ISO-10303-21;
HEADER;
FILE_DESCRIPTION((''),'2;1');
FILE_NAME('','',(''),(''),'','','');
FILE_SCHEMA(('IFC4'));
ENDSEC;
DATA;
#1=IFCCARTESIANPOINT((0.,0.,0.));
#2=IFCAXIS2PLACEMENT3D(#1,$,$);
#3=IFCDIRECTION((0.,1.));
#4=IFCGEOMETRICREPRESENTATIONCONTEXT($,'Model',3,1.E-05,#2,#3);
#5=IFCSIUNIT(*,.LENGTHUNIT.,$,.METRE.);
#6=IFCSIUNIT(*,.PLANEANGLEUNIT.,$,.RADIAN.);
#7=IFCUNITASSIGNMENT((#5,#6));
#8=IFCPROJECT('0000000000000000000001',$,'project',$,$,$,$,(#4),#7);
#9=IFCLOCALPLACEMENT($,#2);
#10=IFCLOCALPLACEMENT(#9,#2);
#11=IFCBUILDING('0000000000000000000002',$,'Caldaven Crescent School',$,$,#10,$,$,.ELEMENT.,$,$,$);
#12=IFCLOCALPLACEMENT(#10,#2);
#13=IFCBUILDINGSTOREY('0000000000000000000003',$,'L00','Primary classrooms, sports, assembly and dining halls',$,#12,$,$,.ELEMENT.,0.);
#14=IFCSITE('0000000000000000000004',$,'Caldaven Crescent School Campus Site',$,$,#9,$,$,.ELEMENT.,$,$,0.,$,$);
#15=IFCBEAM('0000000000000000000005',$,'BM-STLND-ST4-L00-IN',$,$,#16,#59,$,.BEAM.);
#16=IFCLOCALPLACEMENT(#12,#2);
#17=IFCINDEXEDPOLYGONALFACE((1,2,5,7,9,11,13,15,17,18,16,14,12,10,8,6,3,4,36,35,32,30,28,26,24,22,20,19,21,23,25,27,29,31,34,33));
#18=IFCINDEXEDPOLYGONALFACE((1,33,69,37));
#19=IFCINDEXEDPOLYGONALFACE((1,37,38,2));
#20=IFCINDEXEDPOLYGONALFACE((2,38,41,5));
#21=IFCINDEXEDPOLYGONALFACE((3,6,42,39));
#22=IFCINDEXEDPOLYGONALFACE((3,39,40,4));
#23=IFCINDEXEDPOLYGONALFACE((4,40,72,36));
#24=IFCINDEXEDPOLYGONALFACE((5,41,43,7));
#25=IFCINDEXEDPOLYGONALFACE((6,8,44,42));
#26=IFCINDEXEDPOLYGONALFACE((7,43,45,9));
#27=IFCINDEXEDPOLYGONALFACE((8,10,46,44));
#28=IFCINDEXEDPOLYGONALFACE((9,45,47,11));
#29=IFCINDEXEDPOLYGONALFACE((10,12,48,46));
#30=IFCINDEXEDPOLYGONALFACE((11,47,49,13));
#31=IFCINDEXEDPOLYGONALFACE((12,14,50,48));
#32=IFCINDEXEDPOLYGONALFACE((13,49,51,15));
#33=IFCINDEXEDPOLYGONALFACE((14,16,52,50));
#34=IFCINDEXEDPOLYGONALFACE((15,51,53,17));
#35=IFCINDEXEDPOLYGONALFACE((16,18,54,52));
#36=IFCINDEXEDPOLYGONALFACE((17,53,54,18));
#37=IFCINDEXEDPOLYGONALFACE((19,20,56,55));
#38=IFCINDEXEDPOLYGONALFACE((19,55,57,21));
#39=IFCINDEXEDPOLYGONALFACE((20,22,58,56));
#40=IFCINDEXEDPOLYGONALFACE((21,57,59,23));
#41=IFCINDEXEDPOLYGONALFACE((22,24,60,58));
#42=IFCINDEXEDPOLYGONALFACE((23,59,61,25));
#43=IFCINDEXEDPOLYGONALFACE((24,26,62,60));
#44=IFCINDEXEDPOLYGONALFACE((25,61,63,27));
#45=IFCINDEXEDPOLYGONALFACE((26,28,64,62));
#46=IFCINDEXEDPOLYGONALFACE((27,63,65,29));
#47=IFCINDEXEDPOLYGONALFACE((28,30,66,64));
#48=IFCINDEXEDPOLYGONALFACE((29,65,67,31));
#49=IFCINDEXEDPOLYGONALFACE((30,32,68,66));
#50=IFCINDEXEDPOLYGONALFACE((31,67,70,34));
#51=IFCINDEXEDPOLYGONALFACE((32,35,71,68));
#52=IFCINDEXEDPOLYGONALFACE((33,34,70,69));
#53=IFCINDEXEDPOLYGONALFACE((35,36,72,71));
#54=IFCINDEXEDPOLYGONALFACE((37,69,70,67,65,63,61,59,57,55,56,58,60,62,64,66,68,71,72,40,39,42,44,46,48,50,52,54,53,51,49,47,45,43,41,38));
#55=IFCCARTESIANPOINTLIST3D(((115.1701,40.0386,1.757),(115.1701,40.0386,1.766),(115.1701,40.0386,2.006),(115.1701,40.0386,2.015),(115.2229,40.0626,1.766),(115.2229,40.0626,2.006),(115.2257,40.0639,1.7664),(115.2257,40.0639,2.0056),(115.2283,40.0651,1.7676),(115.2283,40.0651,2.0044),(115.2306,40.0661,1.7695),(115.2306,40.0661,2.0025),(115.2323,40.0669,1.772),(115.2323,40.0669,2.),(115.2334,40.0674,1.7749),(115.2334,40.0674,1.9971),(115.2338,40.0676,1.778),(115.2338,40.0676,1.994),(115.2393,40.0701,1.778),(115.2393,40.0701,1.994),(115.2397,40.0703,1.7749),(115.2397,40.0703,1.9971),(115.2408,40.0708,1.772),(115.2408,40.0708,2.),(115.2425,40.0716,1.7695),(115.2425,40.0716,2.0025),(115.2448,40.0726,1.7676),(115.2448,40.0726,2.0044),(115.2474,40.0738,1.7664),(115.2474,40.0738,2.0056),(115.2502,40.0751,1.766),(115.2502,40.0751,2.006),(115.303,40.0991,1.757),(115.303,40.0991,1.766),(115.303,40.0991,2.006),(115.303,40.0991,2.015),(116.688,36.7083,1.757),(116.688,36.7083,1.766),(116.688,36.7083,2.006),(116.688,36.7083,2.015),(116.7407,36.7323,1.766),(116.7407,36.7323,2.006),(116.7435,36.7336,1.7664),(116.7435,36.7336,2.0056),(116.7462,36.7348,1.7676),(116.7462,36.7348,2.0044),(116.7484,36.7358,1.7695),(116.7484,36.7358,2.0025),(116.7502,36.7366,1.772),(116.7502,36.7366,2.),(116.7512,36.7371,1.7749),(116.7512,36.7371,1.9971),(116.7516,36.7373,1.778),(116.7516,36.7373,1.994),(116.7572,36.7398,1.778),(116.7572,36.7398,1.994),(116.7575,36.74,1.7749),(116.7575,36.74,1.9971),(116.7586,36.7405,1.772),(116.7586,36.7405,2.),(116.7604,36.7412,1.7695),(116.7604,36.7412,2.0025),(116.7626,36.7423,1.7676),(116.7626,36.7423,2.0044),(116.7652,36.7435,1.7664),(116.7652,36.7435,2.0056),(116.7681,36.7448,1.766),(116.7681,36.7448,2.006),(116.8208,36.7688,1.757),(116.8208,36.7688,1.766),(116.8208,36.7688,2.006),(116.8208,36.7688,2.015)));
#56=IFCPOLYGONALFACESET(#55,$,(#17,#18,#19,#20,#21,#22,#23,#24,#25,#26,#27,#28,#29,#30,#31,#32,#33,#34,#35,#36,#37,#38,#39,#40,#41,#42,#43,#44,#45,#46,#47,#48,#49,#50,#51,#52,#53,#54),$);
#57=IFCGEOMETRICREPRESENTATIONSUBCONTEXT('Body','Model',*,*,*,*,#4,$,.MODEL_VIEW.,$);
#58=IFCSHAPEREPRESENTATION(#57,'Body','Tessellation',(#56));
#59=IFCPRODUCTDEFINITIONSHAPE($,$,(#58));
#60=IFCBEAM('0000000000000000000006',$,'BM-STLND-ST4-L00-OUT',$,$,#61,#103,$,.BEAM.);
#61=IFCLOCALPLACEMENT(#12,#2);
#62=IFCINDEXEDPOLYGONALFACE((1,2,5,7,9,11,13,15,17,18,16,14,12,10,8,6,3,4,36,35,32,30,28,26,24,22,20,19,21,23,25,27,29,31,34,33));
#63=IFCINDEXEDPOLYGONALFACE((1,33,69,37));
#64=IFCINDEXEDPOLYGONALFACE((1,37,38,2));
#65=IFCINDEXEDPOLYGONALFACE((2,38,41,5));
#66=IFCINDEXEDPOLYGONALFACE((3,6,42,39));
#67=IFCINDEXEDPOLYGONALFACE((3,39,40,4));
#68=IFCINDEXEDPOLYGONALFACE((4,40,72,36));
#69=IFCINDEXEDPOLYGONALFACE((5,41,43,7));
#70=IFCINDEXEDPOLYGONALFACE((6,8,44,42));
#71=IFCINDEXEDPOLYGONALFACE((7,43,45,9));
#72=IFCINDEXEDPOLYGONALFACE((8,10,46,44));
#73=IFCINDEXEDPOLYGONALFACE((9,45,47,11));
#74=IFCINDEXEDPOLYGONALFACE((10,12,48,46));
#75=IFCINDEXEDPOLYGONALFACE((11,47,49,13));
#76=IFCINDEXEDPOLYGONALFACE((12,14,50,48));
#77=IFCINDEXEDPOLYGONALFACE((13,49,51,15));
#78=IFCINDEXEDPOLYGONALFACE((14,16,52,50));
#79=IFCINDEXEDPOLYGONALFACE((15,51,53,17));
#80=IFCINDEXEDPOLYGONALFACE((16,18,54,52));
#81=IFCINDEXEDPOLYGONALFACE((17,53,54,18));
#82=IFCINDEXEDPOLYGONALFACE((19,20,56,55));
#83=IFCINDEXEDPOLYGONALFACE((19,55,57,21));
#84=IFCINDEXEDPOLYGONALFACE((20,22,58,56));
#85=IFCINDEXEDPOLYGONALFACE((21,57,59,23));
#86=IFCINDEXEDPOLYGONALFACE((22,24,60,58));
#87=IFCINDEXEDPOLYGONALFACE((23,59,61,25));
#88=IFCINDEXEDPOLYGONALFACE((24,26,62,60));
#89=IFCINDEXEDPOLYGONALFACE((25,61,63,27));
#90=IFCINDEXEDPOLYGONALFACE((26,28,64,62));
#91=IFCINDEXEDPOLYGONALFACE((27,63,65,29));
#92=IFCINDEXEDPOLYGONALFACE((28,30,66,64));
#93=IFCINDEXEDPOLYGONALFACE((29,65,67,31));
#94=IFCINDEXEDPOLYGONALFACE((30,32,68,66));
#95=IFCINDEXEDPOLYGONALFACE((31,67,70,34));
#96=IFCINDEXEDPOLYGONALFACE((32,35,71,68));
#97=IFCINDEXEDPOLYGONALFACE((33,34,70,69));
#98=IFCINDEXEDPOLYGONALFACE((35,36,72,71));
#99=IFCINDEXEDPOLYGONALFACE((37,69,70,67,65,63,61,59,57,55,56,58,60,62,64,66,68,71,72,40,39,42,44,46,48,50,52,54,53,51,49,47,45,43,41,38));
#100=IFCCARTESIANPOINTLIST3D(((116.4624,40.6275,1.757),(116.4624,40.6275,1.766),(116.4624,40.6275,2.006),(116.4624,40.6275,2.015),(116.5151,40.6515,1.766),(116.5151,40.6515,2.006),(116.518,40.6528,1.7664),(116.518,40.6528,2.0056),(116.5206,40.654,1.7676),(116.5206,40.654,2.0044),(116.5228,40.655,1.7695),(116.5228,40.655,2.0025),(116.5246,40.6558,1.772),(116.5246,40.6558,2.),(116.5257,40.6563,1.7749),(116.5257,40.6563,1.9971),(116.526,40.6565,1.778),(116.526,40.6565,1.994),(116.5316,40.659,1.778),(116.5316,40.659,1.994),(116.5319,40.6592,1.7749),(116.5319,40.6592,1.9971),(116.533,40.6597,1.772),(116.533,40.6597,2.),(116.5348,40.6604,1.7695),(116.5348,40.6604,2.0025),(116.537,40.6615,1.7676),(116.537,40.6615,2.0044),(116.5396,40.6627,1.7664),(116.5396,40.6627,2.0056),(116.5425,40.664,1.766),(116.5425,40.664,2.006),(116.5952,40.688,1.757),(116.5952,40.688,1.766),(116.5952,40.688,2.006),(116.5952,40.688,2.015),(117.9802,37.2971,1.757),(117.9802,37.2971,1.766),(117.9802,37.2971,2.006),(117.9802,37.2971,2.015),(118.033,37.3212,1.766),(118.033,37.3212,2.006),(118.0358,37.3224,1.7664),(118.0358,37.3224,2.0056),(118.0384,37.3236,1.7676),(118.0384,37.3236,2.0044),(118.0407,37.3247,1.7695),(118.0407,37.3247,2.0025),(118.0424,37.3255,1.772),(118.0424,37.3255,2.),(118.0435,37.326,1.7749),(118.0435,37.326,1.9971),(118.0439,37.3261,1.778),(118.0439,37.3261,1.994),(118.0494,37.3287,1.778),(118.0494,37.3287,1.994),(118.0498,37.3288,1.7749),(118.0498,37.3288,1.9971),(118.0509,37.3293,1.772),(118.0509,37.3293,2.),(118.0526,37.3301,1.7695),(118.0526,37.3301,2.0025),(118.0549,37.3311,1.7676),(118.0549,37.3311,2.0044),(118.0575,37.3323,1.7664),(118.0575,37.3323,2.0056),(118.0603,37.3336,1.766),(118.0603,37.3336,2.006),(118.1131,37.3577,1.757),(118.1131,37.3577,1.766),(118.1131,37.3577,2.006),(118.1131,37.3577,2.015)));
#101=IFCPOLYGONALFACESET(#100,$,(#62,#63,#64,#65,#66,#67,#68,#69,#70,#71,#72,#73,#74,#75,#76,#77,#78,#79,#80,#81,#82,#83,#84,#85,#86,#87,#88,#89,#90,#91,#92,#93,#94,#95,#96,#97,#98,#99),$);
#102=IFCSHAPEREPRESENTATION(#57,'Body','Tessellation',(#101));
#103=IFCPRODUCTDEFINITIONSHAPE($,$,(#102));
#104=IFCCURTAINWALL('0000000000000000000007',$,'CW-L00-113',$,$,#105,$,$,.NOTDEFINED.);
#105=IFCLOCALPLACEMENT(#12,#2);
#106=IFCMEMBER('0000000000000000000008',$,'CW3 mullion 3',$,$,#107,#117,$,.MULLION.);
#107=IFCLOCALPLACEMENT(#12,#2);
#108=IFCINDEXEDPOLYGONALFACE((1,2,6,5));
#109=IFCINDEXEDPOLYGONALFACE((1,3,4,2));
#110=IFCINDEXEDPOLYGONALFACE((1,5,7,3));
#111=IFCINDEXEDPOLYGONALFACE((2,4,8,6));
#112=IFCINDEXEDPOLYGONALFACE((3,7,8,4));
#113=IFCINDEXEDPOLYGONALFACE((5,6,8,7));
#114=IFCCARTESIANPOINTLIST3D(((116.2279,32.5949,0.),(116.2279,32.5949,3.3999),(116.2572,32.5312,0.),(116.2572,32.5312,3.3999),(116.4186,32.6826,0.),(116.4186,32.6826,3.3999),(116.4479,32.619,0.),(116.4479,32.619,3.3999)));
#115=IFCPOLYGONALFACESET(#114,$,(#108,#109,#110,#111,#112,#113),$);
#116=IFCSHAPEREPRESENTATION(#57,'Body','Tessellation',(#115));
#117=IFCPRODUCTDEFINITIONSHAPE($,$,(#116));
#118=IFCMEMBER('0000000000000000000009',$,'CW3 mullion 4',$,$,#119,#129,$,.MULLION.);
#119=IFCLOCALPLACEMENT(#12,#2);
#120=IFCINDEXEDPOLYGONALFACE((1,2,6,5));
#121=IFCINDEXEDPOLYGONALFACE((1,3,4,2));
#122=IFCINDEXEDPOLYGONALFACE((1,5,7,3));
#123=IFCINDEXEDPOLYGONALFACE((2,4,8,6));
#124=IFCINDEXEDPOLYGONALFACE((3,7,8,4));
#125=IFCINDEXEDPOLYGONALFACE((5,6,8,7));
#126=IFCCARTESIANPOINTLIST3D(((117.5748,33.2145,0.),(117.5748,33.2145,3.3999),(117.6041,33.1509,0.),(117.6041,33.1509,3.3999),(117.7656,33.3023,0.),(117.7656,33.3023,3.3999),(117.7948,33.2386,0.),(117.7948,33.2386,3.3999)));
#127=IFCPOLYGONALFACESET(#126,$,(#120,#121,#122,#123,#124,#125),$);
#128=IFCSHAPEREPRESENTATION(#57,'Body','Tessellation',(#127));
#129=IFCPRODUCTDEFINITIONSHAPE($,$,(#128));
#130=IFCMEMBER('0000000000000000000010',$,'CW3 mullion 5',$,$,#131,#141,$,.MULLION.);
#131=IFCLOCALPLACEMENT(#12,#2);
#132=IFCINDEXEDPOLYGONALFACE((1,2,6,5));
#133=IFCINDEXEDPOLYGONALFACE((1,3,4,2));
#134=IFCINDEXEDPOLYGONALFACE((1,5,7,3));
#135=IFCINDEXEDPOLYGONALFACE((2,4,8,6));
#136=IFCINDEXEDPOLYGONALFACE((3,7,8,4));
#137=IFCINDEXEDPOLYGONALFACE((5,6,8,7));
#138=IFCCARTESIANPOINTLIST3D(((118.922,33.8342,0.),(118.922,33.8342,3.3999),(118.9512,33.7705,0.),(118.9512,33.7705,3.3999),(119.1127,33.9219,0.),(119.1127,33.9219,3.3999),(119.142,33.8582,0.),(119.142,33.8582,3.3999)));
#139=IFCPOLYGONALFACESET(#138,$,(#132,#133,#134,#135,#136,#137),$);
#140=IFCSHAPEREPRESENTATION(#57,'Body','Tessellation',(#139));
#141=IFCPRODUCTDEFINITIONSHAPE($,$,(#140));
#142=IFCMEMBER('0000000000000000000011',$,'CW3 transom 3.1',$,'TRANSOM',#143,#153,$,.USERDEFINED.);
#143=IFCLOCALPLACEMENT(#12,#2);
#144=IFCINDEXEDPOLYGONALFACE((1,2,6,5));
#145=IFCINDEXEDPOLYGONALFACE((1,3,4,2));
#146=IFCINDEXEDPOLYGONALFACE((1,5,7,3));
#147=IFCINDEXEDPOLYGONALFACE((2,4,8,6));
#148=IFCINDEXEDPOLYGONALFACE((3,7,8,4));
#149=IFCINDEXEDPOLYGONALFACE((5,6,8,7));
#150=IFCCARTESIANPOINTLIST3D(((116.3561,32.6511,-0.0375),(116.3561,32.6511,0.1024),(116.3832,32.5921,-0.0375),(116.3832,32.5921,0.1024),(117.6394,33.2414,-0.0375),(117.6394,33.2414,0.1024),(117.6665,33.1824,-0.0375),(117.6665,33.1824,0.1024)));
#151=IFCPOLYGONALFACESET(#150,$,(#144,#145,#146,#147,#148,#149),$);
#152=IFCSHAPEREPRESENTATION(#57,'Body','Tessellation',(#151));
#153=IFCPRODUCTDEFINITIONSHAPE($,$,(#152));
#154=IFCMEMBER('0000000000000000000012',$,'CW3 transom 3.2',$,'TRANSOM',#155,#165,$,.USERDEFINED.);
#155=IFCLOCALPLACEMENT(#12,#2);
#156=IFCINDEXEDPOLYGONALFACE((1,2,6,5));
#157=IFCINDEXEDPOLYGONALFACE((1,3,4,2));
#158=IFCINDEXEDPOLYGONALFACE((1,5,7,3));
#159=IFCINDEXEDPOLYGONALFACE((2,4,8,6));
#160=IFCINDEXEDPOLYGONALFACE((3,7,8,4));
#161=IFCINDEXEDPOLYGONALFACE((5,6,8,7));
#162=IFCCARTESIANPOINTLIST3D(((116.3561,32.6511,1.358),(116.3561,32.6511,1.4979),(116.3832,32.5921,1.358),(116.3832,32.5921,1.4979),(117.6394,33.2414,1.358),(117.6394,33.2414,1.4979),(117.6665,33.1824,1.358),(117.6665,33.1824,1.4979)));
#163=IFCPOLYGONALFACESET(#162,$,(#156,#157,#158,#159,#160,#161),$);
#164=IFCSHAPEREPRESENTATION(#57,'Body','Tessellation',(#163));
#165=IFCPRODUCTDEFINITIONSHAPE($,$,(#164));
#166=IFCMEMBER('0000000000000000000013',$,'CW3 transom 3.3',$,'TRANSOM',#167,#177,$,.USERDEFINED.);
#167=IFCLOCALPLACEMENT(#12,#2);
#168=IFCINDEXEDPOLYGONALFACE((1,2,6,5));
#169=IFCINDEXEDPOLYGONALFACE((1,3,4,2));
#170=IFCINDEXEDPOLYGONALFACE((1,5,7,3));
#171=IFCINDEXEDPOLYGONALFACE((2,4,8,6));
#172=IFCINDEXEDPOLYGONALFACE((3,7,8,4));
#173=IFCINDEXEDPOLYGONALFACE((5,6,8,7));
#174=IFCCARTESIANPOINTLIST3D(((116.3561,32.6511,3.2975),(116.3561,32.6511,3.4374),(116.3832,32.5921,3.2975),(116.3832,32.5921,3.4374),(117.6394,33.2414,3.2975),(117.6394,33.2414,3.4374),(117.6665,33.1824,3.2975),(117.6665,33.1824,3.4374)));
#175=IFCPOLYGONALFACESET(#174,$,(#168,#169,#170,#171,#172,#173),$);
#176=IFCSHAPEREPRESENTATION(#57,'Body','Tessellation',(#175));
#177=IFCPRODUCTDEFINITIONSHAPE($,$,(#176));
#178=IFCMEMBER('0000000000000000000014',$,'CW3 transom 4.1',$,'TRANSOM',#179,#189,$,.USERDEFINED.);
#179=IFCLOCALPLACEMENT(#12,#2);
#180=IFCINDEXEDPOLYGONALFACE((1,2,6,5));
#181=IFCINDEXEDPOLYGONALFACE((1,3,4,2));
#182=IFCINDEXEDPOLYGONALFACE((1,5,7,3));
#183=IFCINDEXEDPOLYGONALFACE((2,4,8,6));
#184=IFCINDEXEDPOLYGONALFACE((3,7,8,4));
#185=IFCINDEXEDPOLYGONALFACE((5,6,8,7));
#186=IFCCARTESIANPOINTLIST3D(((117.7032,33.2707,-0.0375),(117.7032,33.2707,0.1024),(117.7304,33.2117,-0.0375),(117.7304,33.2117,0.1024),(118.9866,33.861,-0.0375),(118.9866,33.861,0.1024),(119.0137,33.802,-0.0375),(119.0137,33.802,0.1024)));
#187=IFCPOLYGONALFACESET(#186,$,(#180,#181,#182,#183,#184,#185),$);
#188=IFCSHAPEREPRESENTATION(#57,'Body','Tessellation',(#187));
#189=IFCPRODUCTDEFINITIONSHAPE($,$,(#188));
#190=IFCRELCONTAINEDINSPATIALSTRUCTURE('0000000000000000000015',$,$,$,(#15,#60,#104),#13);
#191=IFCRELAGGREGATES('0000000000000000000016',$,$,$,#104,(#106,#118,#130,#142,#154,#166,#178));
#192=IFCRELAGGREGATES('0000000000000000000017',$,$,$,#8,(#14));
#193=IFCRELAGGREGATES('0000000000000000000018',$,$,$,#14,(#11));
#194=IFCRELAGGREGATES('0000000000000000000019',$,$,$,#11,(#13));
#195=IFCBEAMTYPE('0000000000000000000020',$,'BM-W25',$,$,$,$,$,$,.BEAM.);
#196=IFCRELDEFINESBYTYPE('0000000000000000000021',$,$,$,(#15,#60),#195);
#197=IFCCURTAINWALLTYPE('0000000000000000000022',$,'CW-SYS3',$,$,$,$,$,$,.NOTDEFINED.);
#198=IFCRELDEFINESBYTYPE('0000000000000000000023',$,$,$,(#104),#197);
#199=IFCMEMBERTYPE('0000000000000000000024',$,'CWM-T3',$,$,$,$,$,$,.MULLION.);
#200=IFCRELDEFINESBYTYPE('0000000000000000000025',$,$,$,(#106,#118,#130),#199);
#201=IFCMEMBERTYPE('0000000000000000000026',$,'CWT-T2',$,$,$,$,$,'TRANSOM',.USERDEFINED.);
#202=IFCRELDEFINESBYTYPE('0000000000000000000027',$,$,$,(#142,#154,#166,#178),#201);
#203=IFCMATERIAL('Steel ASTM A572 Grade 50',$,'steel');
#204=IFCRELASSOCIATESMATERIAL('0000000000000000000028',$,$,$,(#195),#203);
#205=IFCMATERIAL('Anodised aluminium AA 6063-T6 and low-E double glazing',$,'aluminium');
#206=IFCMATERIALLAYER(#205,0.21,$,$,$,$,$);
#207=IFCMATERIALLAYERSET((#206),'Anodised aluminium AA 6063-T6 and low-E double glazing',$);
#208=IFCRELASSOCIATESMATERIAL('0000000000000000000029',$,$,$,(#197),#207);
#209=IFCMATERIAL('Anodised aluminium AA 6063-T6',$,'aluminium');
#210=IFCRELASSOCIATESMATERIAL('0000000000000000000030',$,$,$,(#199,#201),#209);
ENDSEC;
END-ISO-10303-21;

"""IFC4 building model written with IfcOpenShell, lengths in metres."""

from ifc_helpers import new_model, si_unit, direction, frame, origin, origin_2d, place, context, subcontext, project, spatial, rectangle, i_section, extrude, material, layer, layer_set, material_profile, profile_set, type_object, element, aggregate, save


model = new_model("IFC4")

# Units and contexts
model_context = context("Model", 3, precision=1e-05, world=origin(), true_north=direction((0.0, 1.0)))
body_context = subcontext(model_context, "Body", "Model", "MODEL_VIEW")
ifc_project = project(units=[si_unit("LENGTHUNIT", "METRE"), si_unit("PLANEANGLEUNIT", "RADIAN")], contexts=[model_context])

# Site, building, storey
site_placement = place(None, origin())
site = spatial("IfcSite", under=ifc_project, at=site_placement, Name="Caldaven Crescent School Campus Site", CompositionType="ELEMENT", RefElevation=0.0)
building_placement = place(site_placement, origin())
building = spatial("IfcBuilding", under=site, at=building_placement, Name="Caldaven Crescent School", CompositionType="ELEMENT")
storey_placement = place(building_placement, origin())
storey = spatial("IfcBuildingStorey", under=building, at=storey_placement, Name="L00", Description="Primary classrooms, sports, assembly and dining halls", CompositionType="ELEMENT", Elevation=0.0)

# Shared definitions
ifc_material_1 = material(Name="Steel ASTM A572 Grade 50", Category="steel")

# Beams
ifc_material_profile_1 = material_profile(ifc_material_1, i_section(OverallWidth=0.146, OverallDepth=0.2581, WebThickness=0.0061, FlangeThickness=0.009, FilletRadius=0.012, at=origin_2d()), Name="W250x33")
ifc_profile_set_1 = profile_set([ifc_material_profile_1], Name="Steel ASTM A572 Grade 50")
beam_type_1 = type_object("IfcBeamType", Name="BM-W25", PredefinedType="BEAM", material=ifc_profile_set_1)
for number, where, z_axis, x_axis, name in (
    (1, (116.7544, 36.7385, 1.886), (-0.414717, 0.90995, 0.0), (-0.90995, -0.414717, 0.0), "BM-STLND-ST4-L00-IN"),
    (2, (118.0466, 37.3274, 1.886), (-0.414717, 0.90995, 0.0), (-0.90995, -0.414717, 0.0), "BM-STLND-ST4-L00-OUT"),
):
    element("IfcBeam", number, at=place(storey_placement, frame(where, z_axis=z_axis, x_axis=x_axis)), inside=storey, type_object=beam_type_1, Name=name, PredefinedType="BEAM", context=body_context, shape_type="SweptSolid", body=[
        extrude(i_section(OverallWidth=0.146, OverallDepth=0.2581, WebThickness=0.0061, FlangeThickness=0.009, FilletRadius=0.012, at=origin_2d()), origin(), (0.0, 0.0, 1.0), 3.6599),
    ])

# Curtain wall, members
ifc_material_2 = material(Name="Anodised aluminium AA 6063-T6 and low-E double glazing", Category="aluminium")
ifc_layer_1 = layer(ifc_material_2, 0.21)
ifc_layer_set_1 = layer_set([ifc_layer_1], Name="Anodised aluminium AA 6063-T6 and low-E double glazing")
curtain_wall_type = type_object("IfcCurtainWallType", Name="CW-SYS3", PredefinedType="NOTDEFINED", material=ifc_layer_set_1)
curtain_wall_placement = place(storey_placement, origin())
curtain_wall = element("IfcCurtainWall", 3, at=curtain_wall_placement, inside=storey, type_object=curtain_wall_type, Name="CW-L00-113", PredefinedType="NOTDEFINED")
ifc_material_3 = material(Name="Anodised aluminium AA 6063-T6", Category="aluminium")
ifc_material_profile_2 = material_profile(ifc_material_3, rectangle(XDim=0.0701, YDim=0.21, at=origin_2d()), Name="CWM 70x210")
ifc_profile_set_2 = profile_set([ifc_material_profile_2], Name="Anodised aluminium AA 6063-T6")
member_type_1 = type_object("IfcMemberType", Name="CWM-T3", PredefinedType="MULLION", material=ifc_profile_set_2)
member_1_placement = place(storey_placement, frame((116.3379, 32.6069, 0.0), z_axis=(0.0, 0.0, 1.0), x_axis=(-0.417823, 0.908528, 0.0)))
member_1 = element("IfcMember", 4, at=member_1_placement, type_object=member_type_1, Name="CW3 mullion 3", PredefinedType="MULLION", context=body_context, shape_type="SweptSolid", body=[
    extrude(rectangle(XDim=0.0701, YDim=0.21, at=origin_2d()), origin(), (0.0, 0.0, 1.0), 3.3999),
])
member_2_placement = place(storey_placement, frame((117.6848, 33.2266, 0.0), z_axis=(0.0, 0.0, 1.0), x_axis=(-0.417823, 0.908528, 0.0)))
member_2 = element("IfcMember", 5, at=member_2_placement, type_object=member_type_1, Name="CW3 mullion 4", PredefinedType="MULLION", context=body_context, shape_type="SweptSolid", body=[
    extrude(rectangle(XDim=0.0701, YDim=0.21, at=origin_2d()), origin(), (0.0, 0.0, 1.0), 3.3999),
])
member_3_placement = place(storey_placement, frame((119.032, 33.8462, 0.0), z_axis=(0.0, 0.0, 1.0), x_axis=(-0.417823, 0.908528, 0.0)))
member_3 = element("IfcMember", 6, at=member_3_placement, type_object=member_type_1, Name="CW3 mullion 5", PredefinedType="MULLION", context=body_context, shape_type="SweptSolid", body=[
    extrude(rectangle(XDim=0.0701, YDim=0.21, at=origin_2d()), origin(), (0.0, 0.0, 1.0), 3.3999),
])
ifc_material_profile_3 = material_profile(ifc_material_3, rectangle(XDim=0.0649, YDim=0.1399, at=origin_2d()), Name="CWT 65x140")
ifc_profile_set_3 = profile_set([ifc_material_profile_3], Name="Anodised aluminium AA 6063-T6")
member_type_2 = type_object("IfcMemberType", Name="CWT-T2", ElementType="TRANSOM", PredefinedType="USERDEFINED", material=ifc_profile_set_3)
member_4_placement = place(storey_placement, frame((116.3696, 32.6216, 0.0325), z_axis=(0.908505, 0.417874, 0.0), x_axis=(-0.417874, 0.908505, 0.0)))
member_4 = element("IfcMember", 7, at=member_4_placement, type_object=member_type_2, Name="CW3 transom 3.1", ObjectType="TRANSOM", PredefinedType="USERDEFINED", context=body_context, shape_type="SweptSolid", body=[
    extrude(rectangle(XDim=0.0649, YDim=0.1399, at=origin_2d()), origin(), (0.0, 0.0, 1.0), 1.4126),
])
member_5_placement = place(storey_placement, frame((116.3696, 32.6216, 1.428), z_axis=(0.908505, 0.417874, 0.0), x_axis=(-0.417874, 0.908505, 0.0)))
member_5 = element("IfcMember", 8, at=member_5_placement, type_object=member_type_2, Name="CW3 transom 3.2", ObjectType="TRANSOM", PredefinedType="USERDEFINED", context=body_context, shape_type="SweptSolid", body=[
    extrude(rectangle(XDim=0.0649, YDim=0.1399, at=origin_2d()), origin(), (0.0, 0.0, 1.0), 1.4126),
])
member_6_placement = place(storey_placement, frame((116.3696, 32.6216, 3.3674), z_axis=(0.908505, 0.417874, 0.0), x_axis=(-0.417874, 0.908505, 0.0)))
member_6 = element("IfcMember", 9, at=member_6_placement, type_object=member_type_2, Name="CW3 transom 3.3", ObjectType="TRANSOM", PredefinedType="USERDEFINED", context=body_context, shape_type="SweptSolid", body=[
    extrude(rectangle(XDim=0.0649, YDim=0.1399, at=origin_2d()), origin(), (0.0, 0.0, 1.0), 1.4126),
])
member_7_placement = place(storey_placement, frame((117.7168, 33.2412, 0.0325), z_axis=(0.908505, 0.417874, 0.0), x_axis=(-0.417874, 0.908505, 0.0)))
member_7 = element("IfcMember", 10, at=member_7_placement, type_object=member_type_2, Name="CW3 transom 4.1", ObjectType="TRANSOM", PredefinedType="USERDEFINED", context=body_context, shape_type="SweptSolid", body=[
    extrude(rectangle(XDim=0.0649, YDim=0.1399, at=origin_2d()), origin(), (0.0, 0.0, 1.0), 1.4126),
])

aggregate(curtain_wall, [member_1, member_2, member_3, member_4, member_5, member_6, member_7])

save(model, "model.ifc")
